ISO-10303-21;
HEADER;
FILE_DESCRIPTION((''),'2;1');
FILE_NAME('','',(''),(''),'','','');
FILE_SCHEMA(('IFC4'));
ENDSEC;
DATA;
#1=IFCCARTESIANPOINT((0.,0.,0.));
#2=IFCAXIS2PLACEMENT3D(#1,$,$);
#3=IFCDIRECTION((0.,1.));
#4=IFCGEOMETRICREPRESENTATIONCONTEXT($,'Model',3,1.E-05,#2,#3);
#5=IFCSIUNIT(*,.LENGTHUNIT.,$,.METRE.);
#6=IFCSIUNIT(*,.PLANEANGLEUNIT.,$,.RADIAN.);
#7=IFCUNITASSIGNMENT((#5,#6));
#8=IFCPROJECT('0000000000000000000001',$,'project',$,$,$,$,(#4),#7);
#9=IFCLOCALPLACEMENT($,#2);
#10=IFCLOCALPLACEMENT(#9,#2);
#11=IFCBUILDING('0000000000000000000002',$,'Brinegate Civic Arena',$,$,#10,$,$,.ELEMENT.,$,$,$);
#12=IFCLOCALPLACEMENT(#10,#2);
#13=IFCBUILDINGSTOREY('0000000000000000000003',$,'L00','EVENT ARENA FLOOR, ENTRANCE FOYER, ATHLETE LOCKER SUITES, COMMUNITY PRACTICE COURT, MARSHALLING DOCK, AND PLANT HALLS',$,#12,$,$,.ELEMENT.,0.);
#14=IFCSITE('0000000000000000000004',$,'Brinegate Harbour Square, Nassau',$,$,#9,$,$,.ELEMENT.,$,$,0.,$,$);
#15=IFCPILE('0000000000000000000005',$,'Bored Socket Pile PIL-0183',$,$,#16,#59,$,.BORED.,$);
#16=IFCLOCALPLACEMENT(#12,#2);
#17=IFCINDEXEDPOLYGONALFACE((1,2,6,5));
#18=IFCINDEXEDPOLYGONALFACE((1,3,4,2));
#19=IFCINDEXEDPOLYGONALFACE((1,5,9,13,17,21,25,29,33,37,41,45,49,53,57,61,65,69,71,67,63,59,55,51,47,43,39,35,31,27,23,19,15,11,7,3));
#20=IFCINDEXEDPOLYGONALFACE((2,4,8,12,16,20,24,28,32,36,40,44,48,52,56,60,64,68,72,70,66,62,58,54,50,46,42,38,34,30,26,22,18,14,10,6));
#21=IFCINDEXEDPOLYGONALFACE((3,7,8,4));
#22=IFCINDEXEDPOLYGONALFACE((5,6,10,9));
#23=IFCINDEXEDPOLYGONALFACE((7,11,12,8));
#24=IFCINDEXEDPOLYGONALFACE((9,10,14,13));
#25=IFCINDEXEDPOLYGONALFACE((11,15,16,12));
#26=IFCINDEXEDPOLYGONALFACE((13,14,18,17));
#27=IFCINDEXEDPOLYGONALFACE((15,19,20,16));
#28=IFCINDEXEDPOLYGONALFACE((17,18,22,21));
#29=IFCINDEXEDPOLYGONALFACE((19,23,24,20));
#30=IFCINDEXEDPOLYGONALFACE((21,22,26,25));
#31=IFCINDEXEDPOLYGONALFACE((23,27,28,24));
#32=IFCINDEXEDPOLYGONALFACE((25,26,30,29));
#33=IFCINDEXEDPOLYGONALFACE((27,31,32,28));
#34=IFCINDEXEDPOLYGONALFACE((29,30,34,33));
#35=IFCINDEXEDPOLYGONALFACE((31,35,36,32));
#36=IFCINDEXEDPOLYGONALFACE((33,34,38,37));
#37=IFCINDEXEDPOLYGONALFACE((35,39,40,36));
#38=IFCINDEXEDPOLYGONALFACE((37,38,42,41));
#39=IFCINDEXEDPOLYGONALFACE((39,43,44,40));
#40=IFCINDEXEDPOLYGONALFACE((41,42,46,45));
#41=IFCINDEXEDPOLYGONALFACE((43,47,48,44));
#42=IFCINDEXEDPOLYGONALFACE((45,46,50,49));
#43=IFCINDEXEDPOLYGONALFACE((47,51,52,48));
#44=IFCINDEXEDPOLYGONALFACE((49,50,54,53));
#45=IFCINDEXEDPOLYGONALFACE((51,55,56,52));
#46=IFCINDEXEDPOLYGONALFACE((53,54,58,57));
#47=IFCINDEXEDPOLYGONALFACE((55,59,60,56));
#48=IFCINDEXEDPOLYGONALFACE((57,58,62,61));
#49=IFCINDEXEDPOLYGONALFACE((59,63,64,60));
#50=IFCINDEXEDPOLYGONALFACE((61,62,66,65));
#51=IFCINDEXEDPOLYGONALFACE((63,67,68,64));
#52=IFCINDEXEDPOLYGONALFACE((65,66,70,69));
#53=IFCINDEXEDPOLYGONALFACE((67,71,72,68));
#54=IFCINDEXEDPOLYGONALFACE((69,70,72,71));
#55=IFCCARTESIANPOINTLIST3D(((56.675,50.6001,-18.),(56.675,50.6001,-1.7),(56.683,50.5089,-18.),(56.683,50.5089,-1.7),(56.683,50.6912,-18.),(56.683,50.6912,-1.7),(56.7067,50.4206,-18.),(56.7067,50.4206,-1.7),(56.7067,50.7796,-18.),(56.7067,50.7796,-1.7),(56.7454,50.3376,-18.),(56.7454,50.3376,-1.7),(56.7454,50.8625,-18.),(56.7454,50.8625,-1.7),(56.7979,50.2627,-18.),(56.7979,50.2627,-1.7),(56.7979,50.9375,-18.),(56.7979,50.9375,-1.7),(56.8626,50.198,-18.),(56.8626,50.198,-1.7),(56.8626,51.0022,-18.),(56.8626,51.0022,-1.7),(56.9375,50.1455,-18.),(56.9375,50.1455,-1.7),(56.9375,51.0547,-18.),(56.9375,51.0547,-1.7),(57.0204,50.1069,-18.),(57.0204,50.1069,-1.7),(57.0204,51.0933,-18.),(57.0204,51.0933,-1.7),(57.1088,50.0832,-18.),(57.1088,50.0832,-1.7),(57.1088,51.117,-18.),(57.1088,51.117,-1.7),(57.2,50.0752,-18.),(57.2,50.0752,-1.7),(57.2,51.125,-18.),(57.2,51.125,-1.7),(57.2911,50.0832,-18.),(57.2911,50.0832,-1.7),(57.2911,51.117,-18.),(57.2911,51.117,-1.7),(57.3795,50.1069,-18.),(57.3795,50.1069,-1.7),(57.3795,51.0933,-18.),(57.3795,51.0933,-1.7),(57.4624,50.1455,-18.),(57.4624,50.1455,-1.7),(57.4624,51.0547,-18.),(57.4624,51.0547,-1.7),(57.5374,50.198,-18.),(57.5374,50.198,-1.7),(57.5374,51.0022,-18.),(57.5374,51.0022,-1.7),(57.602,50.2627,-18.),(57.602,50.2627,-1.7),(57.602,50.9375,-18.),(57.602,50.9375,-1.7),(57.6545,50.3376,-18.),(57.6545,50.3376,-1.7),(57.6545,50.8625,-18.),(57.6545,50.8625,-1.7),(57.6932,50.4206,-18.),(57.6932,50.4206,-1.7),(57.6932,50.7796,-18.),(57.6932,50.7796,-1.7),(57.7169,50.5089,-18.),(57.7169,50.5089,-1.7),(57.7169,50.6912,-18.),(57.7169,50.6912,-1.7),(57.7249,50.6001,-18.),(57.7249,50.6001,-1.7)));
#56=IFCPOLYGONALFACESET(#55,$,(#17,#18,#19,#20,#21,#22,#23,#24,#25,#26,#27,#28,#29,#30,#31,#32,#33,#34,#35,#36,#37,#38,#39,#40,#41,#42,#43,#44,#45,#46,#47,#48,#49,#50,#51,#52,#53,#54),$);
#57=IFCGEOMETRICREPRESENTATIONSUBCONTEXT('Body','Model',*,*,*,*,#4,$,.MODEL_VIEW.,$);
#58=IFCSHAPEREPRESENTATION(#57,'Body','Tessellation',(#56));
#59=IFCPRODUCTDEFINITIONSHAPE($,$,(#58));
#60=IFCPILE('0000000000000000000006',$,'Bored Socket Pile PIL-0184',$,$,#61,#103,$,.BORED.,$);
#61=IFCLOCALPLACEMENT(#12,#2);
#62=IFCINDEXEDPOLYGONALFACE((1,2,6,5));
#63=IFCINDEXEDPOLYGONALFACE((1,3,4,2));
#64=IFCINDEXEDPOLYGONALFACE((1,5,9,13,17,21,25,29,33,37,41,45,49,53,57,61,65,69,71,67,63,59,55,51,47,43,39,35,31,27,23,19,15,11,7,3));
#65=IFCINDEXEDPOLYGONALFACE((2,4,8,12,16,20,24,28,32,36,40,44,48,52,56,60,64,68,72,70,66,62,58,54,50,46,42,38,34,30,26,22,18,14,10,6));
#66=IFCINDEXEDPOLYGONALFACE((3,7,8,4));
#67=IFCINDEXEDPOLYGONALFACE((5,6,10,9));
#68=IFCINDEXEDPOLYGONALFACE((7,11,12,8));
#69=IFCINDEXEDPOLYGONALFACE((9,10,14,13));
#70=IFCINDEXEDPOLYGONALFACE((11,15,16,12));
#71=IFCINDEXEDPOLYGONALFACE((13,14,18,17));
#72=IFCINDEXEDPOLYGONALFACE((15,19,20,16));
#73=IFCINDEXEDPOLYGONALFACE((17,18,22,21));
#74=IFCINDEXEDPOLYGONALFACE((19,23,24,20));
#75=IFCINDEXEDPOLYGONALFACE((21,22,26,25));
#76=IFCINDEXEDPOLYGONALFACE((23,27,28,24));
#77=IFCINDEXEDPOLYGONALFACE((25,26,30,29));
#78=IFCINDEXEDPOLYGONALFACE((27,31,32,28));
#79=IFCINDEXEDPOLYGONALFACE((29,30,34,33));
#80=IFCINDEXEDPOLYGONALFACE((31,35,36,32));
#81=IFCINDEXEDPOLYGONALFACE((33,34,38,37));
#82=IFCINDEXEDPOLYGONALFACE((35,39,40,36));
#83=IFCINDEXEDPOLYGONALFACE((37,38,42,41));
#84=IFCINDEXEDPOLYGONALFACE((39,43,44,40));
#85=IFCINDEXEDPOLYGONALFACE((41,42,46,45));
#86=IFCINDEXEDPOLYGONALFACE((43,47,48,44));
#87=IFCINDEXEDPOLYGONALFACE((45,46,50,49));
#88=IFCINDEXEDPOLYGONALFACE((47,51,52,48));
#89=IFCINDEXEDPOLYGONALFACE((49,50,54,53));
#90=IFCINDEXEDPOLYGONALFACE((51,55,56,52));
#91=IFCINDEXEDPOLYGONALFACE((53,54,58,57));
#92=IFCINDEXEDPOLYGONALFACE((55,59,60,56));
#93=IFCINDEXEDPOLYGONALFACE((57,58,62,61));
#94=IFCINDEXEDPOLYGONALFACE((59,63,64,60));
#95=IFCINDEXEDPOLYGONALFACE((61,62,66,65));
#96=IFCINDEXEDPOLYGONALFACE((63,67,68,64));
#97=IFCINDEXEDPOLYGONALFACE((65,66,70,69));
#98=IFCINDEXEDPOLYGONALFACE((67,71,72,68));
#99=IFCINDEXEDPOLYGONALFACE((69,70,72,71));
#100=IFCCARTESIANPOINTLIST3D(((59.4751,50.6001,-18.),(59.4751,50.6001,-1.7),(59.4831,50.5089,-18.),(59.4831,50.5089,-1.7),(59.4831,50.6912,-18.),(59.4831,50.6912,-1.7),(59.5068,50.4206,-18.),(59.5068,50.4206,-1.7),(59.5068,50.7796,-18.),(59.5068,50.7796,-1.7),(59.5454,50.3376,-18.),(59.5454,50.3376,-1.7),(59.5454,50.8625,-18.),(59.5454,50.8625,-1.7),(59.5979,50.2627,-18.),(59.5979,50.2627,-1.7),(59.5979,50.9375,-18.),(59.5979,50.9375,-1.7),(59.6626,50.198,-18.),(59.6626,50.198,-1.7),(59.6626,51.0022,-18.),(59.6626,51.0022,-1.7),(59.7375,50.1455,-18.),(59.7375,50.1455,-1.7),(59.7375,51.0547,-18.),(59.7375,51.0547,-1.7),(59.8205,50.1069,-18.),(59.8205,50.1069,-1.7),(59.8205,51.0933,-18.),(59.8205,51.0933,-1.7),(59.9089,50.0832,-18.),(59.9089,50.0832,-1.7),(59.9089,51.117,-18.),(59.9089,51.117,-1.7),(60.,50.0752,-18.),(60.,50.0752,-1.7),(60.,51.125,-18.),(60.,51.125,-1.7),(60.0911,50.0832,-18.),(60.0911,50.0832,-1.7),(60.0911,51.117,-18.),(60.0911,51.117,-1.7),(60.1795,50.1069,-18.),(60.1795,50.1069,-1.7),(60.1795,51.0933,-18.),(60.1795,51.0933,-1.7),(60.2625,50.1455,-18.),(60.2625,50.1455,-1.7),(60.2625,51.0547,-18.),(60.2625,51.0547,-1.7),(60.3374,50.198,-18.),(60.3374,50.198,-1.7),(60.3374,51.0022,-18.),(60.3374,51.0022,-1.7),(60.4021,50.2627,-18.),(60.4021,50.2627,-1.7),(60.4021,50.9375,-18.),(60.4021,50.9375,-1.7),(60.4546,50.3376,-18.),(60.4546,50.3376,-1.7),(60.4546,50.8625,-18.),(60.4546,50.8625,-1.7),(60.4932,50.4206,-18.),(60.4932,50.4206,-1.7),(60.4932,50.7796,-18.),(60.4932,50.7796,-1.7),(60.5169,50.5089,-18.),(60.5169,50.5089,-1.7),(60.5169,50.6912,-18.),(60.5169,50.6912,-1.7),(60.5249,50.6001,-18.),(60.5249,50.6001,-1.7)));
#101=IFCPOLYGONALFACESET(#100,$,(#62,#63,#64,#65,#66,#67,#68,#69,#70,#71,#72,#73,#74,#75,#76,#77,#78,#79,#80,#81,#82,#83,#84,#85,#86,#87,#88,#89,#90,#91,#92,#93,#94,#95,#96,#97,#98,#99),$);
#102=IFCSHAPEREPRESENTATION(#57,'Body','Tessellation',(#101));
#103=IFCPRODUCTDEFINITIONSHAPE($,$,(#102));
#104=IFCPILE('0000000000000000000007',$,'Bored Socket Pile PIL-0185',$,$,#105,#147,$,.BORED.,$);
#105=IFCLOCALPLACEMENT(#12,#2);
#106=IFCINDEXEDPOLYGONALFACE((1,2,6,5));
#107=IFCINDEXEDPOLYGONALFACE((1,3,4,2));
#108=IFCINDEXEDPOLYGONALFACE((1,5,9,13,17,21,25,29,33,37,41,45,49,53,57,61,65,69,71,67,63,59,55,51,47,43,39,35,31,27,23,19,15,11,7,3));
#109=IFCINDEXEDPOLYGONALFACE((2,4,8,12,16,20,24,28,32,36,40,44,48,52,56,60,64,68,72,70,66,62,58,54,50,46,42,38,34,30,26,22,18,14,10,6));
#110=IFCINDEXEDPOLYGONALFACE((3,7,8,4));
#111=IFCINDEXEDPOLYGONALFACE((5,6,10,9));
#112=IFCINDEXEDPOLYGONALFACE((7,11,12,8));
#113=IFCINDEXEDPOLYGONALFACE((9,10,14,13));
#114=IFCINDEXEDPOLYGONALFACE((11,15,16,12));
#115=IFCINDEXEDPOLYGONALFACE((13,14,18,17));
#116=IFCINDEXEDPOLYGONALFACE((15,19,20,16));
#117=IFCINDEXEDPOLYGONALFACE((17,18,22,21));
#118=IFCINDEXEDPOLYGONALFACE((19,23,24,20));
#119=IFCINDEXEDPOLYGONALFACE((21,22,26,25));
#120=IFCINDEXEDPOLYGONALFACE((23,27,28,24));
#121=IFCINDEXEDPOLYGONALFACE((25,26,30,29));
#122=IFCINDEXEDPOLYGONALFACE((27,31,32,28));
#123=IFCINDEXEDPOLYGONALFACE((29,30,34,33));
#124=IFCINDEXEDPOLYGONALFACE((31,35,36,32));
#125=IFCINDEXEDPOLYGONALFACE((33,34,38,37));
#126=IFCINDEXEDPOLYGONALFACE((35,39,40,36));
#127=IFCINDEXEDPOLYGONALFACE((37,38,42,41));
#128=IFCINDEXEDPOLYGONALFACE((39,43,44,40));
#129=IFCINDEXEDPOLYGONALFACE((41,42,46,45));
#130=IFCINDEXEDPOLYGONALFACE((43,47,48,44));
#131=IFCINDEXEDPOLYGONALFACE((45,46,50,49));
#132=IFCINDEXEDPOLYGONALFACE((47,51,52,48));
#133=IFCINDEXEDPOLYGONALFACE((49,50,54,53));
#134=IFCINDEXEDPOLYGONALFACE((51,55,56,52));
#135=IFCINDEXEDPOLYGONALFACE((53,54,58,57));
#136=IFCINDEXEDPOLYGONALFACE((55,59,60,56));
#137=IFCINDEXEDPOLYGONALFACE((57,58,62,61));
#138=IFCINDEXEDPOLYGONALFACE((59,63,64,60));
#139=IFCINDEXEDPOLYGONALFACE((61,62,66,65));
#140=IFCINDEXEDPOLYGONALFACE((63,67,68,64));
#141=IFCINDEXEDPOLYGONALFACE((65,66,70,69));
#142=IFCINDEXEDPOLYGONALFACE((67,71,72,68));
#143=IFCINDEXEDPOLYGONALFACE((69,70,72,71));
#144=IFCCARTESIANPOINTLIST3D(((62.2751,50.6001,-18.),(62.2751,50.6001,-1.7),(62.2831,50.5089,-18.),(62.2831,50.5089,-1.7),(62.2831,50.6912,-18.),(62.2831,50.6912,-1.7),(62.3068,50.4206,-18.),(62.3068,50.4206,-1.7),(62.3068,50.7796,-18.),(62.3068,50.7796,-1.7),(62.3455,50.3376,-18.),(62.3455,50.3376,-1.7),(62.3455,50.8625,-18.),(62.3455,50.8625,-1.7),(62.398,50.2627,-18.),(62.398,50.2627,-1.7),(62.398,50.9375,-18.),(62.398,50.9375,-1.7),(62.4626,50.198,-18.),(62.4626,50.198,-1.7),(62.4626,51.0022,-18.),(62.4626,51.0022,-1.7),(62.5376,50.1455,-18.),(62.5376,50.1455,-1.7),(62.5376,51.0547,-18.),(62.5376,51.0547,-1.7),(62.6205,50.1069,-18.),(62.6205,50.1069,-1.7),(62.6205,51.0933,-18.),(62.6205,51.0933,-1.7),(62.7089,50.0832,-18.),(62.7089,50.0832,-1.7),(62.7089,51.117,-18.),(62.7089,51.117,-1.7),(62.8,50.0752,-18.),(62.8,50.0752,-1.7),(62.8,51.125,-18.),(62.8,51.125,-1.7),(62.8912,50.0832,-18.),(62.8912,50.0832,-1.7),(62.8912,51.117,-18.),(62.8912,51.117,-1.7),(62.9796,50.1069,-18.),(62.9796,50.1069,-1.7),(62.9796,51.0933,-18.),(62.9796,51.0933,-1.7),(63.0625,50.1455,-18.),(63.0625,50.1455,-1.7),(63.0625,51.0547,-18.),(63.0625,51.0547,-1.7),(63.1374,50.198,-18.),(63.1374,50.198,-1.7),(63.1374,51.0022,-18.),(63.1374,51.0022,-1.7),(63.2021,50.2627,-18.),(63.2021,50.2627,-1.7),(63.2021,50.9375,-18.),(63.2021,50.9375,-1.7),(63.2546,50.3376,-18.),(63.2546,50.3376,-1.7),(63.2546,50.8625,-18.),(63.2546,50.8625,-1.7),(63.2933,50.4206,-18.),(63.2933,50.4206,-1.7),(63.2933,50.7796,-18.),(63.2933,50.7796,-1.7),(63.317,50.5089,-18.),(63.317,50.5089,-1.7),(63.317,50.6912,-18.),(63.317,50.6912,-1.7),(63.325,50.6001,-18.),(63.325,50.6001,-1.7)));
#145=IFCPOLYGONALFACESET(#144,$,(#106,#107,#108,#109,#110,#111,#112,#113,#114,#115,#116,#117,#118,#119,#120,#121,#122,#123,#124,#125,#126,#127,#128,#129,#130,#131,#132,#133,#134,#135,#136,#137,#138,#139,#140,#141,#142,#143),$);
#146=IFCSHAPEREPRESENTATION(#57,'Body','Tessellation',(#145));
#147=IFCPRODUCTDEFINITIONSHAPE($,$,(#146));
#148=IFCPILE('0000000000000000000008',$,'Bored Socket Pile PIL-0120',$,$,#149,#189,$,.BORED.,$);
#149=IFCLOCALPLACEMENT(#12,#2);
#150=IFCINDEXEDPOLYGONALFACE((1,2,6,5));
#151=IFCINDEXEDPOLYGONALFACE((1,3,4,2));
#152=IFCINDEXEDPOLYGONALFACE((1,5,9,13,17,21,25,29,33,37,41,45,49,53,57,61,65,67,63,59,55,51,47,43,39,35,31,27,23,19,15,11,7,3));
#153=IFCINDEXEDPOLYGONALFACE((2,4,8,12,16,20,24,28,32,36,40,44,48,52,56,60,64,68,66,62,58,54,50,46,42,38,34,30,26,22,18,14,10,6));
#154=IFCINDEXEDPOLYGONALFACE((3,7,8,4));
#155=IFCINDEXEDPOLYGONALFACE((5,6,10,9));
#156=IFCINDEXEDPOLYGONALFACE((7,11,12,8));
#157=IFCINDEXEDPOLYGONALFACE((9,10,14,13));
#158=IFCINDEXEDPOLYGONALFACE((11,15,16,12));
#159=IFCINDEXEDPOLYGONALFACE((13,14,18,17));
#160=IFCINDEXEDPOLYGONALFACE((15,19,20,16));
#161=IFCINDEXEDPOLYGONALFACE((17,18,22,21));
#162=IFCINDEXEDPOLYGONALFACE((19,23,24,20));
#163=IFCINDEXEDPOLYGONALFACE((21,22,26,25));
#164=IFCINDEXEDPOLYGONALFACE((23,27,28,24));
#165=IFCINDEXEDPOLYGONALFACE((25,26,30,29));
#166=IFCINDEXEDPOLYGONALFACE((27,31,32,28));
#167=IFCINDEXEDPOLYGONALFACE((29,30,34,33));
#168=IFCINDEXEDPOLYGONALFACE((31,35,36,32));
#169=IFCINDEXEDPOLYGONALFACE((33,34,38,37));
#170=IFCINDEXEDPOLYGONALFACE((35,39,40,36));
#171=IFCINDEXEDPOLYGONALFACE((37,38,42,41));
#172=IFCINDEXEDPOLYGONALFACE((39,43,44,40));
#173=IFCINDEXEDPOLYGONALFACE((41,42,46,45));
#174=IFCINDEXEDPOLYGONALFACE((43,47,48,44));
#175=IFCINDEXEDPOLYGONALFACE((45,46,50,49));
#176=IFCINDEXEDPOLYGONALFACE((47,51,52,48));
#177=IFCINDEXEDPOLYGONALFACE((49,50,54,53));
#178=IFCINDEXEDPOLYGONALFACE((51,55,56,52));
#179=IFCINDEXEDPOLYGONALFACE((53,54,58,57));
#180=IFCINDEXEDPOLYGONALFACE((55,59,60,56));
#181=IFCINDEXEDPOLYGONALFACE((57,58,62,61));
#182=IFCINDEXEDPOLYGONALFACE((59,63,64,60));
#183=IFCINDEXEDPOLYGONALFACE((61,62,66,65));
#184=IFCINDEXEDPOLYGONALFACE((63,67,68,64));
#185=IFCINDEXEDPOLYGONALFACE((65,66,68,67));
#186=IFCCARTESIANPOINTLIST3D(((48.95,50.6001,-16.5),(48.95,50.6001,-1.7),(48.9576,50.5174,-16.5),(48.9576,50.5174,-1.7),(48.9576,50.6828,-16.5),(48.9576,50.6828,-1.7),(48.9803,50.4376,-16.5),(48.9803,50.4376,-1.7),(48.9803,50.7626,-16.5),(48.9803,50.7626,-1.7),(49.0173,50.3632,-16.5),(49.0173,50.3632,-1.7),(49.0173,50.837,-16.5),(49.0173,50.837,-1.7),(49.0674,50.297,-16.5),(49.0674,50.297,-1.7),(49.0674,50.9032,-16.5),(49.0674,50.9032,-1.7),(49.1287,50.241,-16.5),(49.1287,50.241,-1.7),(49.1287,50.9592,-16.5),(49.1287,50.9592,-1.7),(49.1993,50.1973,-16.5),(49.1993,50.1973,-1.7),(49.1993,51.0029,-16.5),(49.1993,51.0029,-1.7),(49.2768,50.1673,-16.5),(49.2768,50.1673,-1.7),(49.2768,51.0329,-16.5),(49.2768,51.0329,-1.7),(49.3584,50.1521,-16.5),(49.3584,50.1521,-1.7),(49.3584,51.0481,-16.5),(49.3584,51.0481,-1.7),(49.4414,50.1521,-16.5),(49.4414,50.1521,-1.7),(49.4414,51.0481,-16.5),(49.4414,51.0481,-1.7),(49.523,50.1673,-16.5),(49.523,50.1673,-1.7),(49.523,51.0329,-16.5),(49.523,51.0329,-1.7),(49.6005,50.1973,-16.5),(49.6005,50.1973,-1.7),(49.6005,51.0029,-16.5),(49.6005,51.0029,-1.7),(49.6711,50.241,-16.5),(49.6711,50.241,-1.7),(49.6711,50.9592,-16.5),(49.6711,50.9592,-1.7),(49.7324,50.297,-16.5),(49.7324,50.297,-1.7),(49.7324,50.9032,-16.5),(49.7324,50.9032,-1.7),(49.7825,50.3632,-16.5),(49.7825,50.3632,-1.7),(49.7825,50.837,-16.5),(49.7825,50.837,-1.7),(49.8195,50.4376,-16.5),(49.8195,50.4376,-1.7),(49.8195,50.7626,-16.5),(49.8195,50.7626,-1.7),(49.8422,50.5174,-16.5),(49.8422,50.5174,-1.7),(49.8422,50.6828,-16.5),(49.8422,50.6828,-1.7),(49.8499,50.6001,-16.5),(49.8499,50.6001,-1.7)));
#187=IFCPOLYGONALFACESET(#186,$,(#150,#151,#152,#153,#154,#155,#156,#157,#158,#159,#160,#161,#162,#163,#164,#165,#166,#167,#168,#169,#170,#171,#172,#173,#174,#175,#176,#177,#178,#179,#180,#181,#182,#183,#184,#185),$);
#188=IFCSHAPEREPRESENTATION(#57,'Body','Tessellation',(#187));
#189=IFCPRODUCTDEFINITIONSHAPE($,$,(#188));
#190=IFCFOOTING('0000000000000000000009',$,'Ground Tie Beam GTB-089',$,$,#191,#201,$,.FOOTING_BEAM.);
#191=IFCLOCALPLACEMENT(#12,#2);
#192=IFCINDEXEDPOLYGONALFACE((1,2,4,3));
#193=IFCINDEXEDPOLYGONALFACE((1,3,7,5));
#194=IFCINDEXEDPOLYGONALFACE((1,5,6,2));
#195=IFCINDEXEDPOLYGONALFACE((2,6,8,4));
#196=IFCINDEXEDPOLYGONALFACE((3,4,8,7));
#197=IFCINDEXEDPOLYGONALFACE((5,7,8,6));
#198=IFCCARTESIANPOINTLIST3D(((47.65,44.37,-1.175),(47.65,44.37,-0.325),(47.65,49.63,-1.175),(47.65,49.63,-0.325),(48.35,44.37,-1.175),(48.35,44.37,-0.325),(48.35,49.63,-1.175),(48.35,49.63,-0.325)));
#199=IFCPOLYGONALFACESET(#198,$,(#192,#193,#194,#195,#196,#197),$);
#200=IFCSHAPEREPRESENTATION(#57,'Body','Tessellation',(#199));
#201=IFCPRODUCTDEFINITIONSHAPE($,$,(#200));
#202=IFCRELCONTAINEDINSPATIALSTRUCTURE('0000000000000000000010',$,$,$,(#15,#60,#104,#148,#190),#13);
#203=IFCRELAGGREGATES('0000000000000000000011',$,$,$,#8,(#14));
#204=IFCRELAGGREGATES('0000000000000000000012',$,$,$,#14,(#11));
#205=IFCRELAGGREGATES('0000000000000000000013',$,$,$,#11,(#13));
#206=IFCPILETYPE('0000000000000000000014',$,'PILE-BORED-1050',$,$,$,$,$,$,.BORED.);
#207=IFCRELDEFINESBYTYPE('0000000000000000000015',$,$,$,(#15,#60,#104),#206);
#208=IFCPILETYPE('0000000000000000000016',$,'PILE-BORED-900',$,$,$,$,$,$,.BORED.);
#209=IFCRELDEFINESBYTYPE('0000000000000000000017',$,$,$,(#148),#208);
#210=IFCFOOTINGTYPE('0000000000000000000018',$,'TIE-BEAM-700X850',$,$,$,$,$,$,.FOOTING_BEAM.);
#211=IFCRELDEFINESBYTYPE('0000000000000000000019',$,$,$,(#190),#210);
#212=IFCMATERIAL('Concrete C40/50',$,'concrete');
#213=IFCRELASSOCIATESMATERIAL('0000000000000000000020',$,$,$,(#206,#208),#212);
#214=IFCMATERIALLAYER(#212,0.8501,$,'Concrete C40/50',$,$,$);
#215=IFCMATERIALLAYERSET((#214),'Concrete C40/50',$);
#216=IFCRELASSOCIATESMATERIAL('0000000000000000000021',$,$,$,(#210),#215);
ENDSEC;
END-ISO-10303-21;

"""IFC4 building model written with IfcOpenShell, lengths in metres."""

from ifc_helpers import new_model, si_unit, direction, frame, origin, origin_2d, place, context, subcontext, project, spatial, rectangle, circle, extrude, material, layer, layer_set, material_profile, profile_set, type_object, element, save


model = new_model("IFC4")

# Units and contexts
model_context = context("Model", 3, precision=1e-05, world=origin(), true_north=direction((0.0, 1.0)))
body_context = subcontext(model_context, "Body", "Model", "MODEL_VIEW")
ifc_project = project(units=[si_unit("LENGTHUNIT", "METRE"), si_unit("PLANEANGLEUNIT", "RADIAN")], contexts=[model_context])

# Site, building, storey
site_placement = place(None, origin())
site = spatial("IfcSite", under=ifc_project, at=site_placement, Name="Brinegate Harbour Square, Nassau", CompositionType="ELEMENT", RefElevation=0.0)
building_placement = place(site_placement, origin())
building = spatial("IfcBuilding", under=site, at=building_placement, Name="Brinegate Civic Arena", CompositionType="ELEMENT")
storey_placement = place(building_placement, origin())
storey = spatial("IfcBuildingStorey", under=building, at=storey_placement, Name="L00", Description="EVENT ARENA FLOOR, ENTRANCE FOYER, ATHLETE LOCKER SUITES, COMMUNITY PRACTICE COURT, MARSHALLING DOCK, AND PLANT HALLS", CompositionType="ELEMENT", Elevation=0.0)

# Piles
ifc_material_1 = material(Name="Concrete C40/50", Category="concrete")
ifc_material_profile_1 = material_profile(ifc_material_1, circle(Radius=0.5249, at=origin_2d()), Name="PILED1050")
ifc_profile_set_1 = profile_set([ifc_material_profile_1], Name="Concrete C40/50")
pile_type_1 = type_object("IfcPileType", Name="PILE-BORED-1050", PredefinedType="BORED", material=ifc_profile_set_1)
for number, where, z_axis, x_axis, name in (
    (1, (57.2, 50.6001, -1.7), (0.0, 0.0, -1.0), (1.0, 0.0, 0.0), "Bored Socket Pile PIL-0183"),
    (2, (60.0, 50.6001, -1.7), (0.0, 0.0, -1.0), (1.0, 0.0, 0.0), "Bored Socket Pile PIL-0184"),
    (3, (62.8, 50.6001, -1.7), (0.0, 0.0, -1.0), (1.0, 0.0, 0.0), "Bored Socket Pile PIL-0185"),
):
    element("IfcPile", number, at=place(storey_placement, frame(where, z_axis=z_axis, x_axis=x_axis)), inside=storey, type_object=pile_type_1, Name=name, PredefinedType="BORED", context=body_context, shape_type="SweptSolid", body=[
        extrude(circle(Radius=0.5249, at=origin_2d()), origin(), (0.0, 0.0, 1.0), 16.3),
    ])
ifc_material_profile_2 = material_profile(ifc_material_1, circle(Radius=0.45, at=origin_2d()), Name="PILED900")
ifc_profile_set_2 = profile_set([ifc_material_profile_2], Name="Concrete C40/50")
pile_type_2 = type_object("IfcPileType", Name="PILE-BORED-900", PredefinedType="BORED", material=ifc_profile_set_2)
pile_placement = place(storey_placement, frame((49.3999, 50.6001, -1.7), z_axis=(0.0, 0.0, -1.0), x_axis=(1.0, 0.0, 0.0)))
element("IfcPile", 4, at=pile_placement, inside=storey, type_object=pile_type_2, Name="Bored Socket Pile PIL-0120", PredefinedType="BORED", context=body_context, shape_type="SweptSolid", body=[
    extrude(circle(Radius=0.45, at=origin_2d()), origin(), (0.0, 0.0, 1.0), 14.8),
])

# Footing
ifc_layer_1 = layer(ifc_material_1, 0.8501, Name="Concrete C40/50")
ifc_layer_set_1 = layer_set([ifc_layer_1], Name="Concrete C40/50")
footing_type = type_object("IfcFootingType", Name="TIE-BEAM-700X850", PredefinedType="FOOTING_BEAM", material=ifc_layer_set_1)
for number, where, z_axis, x_axis, name in (
    (5, (48.0, 47.0, -1.175), (0.0, 0.0, 1.0), (0.0, 1.0, 0.0), "Ground Tie Beam GTB-089"),
):
    element("IfcFooting", number, at=place(storey_placement, frame(where, z_axis=z_axis, x_axis=x_axis)), inside=storey, type_object=footing_type, Name=name, PredefinedType="FOOTING_BEAM", context=body_context, shape_type="SweptSolid", body=[
        extrude(rectangle(XDim=5.26, YDim=0.7, at=origin_2d()), origin(), (0.0, 0.0, 1.0), 0.8501),
    ])

save(model, "model.ifc")
